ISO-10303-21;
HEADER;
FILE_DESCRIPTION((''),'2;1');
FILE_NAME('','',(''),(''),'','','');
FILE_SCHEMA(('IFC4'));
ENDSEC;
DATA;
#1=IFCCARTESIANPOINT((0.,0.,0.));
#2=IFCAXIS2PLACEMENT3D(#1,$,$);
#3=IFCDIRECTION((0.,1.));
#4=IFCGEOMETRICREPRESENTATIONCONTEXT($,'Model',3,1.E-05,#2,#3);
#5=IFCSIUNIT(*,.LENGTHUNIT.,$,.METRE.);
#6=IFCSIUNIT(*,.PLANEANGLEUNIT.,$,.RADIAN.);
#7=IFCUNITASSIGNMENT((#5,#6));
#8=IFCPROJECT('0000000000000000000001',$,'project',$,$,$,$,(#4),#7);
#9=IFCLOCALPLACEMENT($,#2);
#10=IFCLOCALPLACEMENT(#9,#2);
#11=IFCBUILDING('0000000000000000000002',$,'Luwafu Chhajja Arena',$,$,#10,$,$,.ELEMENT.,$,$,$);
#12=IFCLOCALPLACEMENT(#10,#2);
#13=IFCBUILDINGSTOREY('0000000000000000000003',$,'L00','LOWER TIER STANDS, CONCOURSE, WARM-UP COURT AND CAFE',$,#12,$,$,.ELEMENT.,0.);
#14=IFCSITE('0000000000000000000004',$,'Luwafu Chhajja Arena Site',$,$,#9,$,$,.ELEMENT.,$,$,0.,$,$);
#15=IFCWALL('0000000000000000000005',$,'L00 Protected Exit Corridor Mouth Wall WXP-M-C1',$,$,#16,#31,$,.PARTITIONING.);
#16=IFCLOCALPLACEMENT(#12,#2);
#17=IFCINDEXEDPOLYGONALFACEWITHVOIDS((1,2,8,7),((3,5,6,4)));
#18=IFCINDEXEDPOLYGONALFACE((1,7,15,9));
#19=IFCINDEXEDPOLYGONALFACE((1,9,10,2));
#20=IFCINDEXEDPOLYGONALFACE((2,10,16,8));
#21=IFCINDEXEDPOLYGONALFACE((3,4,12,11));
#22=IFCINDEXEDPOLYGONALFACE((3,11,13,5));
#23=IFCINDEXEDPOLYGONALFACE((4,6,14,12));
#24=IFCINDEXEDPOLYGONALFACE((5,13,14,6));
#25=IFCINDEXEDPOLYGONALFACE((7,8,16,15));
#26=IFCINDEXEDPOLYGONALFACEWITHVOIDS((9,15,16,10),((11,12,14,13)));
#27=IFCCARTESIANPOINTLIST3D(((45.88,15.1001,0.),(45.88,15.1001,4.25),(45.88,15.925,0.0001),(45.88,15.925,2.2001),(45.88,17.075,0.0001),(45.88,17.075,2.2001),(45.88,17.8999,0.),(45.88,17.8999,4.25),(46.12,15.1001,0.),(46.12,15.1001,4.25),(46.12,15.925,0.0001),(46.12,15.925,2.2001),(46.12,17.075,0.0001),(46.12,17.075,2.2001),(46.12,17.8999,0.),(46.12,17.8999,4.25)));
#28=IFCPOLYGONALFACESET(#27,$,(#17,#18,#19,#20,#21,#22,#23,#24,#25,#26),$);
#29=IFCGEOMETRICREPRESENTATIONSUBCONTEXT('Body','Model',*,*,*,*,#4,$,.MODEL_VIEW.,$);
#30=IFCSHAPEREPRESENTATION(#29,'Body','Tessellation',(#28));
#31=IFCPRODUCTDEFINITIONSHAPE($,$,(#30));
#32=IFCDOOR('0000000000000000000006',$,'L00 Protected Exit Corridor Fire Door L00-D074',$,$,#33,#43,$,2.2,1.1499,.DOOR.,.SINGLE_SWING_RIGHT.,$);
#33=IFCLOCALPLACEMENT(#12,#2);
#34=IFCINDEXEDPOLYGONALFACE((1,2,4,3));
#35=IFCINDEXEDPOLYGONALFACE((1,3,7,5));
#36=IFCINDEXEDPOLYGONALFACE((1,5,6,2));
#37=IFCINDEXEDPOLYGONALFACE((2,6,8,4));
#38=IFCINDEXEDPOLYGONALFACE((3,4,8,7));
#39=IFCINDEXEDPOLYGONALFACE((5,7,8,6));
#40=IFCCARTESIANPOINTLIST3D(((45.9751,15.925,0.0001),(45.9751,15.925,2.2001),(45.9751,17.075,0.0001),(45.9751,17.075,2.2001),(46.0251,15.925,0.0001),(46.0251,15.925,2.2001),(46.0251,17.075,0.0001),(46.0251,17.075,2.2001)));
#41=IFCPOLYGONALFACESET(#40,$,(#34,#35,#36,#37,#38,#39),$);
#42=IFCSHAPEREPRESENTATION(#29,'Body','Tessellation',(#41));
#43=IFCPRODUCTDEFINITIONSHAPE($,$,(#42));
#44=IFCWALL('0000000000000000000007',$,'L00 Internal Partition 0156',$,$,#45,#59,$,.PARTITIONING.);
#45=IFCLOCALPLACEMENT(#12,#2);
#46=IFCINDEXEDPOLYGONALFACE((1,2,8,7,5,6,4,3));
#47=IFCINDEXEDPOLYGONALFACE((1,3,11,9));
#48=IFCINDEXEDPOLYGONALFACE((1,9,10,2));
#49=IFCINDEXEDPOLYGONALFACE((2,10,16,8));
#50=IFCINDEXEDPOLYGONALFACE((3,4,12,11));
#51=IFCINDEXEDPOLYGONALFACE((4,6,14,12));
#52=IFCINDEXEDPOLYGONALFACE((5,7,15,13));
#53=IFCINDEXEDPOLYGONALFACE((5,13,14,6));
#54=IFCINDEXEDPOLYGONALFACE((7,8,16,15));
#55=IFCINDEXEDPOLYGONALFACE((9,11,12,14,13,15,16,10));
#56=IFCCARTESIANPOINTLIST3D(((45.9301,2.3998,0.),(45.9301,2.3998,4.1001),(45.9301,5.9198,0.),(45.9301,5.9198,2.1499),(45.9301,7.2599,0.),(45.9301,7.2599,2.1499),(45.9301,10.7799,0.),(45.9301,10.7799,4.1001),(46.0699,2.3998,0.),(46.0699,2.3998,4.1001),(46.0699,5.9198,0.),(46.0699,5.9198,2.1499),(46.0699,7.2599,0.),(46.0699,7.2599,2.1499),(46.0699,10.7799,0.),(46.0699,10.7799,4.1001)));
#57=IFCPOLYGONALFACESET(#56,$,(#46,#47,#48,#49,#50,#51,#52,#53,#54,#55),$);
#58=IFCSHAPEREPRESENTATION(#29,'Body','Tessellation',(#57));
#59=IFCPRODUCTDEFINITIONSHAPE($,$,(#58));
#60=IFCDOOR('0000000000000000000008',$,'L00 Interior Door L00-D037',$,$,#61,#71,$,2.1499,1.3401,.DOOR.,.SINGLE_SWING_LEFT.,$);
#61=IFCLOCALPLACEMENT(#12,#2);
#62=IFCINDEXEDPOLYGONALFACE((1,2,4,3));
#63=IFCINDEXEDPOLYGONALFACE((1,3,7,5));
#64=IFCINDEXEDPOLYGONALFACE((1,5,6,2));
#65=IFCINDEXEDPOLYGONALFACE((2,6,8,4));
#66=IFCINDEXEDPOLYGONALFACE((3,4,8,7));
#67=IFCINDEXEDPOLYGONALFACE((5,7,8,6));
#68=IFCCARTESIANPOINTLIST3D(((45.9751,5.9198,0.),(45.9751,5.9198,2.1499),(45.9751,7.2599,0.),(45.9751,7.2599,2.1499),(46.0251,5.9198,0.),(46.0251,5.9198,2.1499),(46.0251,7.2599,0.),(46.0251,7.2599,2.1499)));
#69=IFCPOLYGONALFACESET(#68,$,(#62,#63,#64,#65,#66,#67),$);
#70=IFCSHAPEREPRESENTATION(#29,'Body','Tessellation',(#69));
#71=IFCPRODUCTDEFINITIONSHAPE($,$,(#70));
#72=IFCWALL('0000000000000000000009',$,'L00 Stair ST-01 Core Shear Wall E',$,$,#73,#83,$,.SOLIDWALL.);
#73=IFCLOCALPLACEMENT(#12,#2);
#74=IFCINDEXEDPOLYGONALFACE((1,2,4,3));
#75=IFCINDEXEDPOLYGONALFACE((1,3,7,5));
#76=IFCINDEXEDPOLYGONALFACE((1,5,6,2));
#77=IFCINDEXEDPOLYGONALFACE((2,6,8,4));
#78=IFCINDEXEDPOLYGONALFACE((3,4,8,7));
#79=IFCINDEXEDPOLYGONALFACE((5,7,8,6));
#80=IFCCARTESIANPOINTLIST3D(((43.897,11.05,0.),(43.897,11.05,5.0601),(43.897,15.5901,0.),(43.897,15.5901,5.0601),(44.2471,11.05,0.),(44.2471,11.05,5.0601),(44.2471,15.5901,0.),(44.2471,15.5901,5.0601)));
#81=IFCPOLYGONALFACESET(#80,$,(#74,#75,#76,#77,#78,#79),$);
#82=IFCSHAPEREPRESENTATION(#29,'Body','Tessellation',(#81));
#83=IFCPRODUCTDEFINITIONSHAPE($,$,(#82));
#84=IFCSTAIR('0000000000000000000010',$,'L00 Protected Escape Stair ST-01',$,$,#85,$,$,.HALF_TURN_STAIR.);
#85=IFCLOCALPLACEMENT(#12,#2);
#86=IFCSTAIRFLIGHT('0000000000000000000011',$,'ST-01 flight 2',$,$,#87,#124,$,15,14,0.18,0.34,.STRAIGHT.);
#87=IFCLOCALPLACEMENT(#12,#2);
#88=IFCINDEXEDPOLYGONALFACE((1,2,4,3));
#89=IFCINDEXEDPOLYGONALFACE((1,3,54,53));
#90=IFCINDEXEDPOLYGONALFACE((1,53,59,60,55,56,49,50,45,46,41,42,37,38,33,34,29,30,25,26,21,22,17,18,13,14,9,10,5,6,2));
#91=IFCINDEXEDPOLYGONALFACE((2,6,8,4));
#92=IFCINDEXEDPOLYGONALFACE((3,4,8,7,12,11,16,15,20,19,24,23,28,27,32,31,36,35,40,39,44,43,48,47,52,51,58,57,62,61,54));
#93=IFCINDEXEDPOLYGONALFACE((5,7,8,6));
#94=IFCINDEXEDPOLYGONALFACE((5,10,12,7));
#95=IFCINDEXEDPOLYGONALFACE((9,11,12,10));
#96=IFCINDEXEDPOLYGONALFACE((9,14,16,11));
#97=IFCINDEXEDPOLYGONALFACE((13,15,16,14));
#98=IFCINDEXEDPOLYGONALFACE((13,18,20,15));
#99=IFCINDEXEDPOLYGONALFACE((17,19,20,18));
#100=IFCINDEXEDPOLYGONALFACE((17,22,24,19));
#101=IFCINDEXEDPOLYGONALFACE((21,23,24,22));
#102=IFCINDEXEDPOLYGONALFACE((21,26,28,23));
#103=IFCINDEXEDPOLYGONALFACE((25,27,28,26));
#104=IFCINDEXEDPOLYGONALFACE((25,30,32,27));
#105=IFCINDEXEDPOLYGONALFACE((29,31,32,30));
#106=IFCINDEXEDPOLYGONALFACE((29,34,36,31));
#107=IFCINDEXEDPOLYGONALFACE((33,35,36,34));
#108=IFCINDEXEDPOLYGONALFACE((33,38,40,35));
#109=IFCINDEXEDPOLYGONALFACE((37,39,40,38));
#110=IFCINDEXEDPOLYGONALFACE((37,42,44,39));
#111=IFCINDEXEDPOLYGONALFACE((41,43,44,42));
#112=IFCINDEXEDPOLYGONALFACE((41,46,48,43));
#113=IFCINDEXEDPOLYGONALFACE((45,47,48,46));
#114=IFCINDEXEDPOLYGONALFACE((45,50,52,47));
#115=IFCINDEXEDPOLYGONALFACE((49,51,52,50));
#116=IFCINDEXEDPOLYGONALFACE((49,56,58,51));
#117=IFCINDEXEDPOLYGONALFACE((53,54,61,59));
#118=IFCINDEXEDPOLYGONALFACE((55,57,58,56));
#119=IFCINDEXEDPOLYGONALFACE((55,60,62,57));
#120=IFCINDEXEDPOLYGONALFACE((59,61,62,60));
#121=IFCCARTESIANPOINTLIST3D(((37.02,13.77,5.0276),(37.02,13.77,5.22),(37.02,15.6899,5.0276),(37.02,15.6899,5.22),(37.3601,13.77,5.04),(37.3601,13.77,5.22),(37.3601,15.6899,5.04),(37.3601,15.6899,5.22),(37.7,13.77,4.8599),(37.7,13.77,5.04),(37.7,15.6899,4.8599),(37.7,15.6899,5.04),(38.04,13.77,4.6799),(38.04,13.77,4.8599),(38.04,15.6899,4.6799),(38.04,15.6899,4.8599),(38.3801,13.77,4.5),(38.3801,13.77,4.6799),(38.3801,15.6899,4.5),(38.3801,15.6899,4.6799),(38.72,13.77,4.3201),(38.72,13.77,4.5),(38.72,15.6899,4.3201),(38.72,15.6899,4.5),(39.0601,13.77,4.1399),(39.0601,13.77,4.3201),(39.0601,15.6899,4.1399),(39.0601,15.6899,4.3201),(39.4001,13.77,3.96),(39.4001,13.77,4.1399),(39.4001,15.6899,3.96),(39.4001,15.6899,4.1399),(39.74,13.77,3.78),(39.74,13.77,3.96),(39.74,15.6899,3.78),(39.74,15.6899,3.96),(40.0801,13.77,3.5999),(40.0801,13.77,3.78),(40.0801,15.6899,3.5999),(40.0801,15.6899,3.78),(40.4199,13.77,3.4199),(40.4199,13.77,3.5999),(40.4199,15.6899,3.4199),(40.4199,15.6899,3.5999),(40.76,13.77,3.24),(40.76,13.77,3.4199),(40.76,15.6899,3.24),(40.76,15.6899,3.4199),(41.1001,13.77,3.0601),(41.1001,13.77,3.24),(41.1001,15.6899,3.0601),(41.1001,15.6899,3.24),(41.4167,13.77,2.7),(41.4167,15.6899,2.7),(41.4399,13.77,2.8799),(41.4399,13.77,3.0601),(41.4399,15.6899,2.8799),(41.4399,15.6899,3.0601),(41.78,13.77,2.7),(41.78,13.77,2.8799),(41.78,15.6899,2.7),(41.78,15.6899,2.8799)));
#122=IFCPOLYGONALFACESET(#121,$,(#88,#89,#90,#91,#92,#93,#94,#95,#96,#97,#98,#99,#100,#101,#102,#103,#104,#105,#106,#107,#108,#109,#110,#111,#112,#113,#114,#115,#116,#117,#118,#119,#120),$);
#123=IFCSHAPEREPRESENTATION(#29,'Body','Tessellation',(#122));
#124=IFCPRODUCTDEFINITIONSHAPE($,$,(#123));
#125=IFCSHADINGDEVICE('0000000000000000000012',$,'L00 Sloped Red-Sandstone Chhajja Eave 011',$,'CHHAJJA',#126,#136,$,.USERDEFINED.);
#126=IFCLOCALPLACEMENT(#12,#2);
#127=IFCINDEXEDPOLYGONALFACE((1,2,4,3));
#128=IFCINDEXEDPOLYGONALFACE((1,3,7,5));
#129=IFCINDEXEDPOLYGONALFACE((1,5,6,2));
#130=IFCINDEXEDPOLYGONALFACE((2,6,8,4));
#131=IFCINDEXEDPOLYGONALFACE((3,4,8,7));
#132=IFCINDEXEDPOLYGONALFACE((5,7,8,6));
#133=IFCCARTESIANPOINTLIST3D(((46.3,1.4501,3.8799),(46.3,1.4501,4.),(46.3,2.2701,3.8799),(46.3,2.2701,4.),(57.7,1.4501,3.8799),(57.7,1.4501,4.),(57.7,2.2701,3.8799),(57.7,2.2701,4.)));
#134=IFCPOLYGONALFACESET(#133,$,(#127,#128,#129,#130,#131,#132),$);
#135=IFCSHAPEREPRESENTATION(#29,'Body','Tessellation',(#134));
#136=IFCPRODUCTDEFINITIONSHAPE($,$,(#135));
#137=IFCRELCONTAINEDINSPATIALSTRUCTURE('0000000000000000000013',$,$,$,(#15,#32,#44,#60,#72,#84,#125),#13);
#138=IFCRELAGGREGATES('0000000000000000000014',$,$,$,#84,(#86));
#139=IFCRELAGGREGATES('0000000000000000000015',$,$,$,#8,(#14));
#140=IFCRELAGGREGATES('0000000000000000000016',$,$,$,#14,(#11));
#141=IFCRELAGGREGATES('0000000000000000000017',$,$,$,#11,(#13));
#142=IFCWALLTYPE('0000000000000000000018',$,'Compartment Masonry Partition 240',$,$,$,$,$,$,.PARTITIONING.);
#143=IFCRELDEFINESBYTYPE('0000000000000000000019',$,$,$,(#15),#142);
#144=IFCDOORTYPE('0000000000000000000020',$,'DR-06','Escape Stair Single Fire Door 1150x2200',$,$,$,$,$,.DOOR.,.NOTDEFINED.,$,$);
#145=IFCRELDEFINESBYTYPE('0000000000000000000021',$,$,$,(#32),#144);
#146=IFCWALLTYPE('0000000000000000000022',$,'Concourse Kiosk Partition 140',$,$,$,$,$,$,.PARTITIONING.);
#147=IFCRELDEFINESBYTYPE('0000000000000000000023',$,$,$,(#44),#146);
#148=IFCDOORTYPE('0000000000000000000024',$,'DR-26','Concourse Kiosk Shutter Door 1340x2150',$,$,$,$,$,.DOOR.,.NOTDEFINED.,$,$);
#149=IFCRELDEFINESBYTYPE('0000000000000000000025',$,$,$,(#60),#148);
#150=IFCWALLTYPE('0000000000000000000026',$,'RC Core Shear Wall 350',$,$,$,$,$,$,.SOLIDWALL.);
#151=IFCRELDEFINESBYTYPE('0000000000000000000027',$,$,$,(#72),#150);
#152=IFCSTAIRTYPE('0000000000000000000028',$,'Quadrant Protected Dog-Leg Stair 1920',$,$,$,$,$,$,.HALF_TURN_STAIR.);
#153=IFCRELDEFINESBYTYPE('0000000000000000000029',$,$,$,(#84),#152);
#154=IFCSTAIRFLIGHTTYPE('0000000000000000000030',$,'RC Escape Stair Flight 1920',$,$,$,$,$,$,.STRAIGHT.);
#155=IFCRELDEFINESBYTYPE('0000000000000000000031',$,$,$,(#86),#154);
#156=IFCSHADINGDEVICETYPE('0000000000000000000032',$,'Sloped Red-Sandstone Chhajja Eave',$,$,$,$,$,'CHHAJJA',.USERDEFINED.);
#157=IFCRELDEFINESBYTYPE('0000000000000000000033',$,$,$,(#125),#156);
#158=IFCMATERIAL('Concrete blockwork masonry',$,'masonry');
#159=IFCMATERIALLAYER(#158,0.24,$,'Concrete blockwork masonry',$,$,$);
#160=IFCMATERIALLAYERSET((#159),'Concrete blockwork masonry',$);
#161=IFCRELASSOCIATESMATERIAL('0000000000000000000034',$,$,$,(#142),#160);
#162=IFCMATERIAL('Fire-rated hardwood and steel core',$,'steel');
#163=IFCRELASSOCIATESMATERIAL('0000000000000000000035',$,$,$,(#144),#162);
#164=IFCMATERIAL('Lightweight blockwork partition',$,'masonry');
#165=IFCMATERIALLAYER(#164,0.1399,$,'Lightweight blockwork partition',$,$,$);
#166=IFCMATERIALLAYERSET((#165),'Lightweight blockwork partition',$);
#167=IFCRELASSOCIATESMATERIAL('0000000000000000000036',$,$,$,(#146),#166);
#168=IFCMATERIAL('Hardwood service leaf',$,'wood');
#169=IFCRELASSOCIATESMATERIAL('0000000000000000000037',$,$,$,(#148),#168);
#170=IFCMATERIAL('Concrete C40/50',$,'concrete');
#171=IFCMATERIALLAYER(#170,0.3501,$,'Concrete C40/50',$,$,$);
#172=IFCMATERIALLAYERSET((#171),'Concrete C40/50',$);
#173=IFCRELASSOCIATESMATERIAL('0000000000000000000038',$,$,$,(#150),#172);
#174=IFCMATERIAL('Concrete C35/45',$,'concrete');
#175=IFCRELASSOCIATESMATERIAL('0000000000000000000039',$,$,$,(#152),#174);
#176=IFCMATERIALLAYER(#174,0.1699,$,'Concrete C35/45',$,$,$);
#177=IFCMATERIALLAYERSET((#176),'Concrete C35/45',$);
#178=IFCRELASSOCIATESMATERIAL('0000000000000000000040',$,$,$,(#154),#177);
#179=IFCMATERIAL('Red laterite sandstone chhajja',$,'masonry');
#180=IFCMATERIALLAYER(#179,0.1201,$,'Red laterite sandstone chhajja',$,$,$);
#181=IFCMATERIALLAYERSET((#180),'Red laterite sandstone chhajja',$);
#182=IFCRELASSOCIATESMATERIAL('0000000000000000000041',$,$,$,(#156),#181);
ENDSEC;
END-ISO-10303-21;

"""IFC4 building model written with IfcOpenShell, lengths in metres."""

from ifc_helpers import new_model, si_unit, direction, frame, frame_2d, origin, origin_2d, place, context, subcontext, project, spatial, polyline, rectangle, outline, extrude, material, layer, layer_set, type_object, element, fill, aggregate, save


model = new_model("IFC4")

# Units and contexts
model_context = context("Model", 3, precision=1e-05, world=origin(), true_north=direction((0.0, 1.0)))
body_context = subcontext(model_context, "Body", "Model", "MODEL_VIEW")
ifc_project = project(units=[si_unit("LENGTHUNIT", "METRE"), si_unit("PLANEANGLEUNIT", "RADIAN")], contexts=[model_context])

# Site, building, storey
site_placement = place(None, origin())
site = spatial("IfcSite", under=ifc_project, at=site_placement, Name="Luwafu Chhajja Arena Site", CompositionType="ELEMENT", RefElevation=0.0)
building_placement = place(site_placement, origin())
building = spatial("IfcBuilding", under=site, at=building_placement, Name="Luwafu Chhajja Arena", CompositionType="ELEMENT")
storey_placement = place(building_placement, origin())
storey = spatial("IfcBuildingStorey", under=building, at=storey_placement, Name="L00", Description="LOWER TIER STANDS, CONCOURSE, WARM-UP COURT AND CAFE", CompositionType="ELEMENT", Elevation=0.0)

# Shared definitions
ifc_material_1 = material(Name="Concrete C35/45", Category="concrete")

# Walls, openings, doors
ifc_material_2 = material(Name="Concrete blockwork masonry", Category="masonry")
ifc_layer_1 = layer(ifc_material_2, 0.24, Name="Concrete blockwork masonry")
ifc_layer_set_1 = layer_set([ifc_layer_1], Name="Concrete blockwork masonry")
wall_type_1 = type_object("IfcWallType", Name="Compartment Masonry Partition 240", PredefinedType="PARTITIONING", material=ifc_layer_set_1)
wall_1_placement = place(storey_placement, frame((46.0, 15.1001, 0.0), z_axis=(0.0, 0.0, 1.0), x_axis=(0.0, 1.0, 0.0)))
wall_1 = element("IfcWall", 1, at=wall_1_placement, inside=storey, type_object=wall_type_1, Name="L00 Protected Exit Corridor Mouth Wall WXP-M-C1", PredefinedType="PARTITIONING", context=body_context, shape_type="SweptSolid", body=[
    extrude(rectangle(XDim=2.7998, YDim=0.24, at=frame_2d((1.3999, 0.0))), origin(), (0.0, 0.0, 1.0), 4.25),
])
opening_1_placement = place(wall_1_placement, frame((0.825, 0.0, 0.0)))
opening_1 = element("IfcOpeningElement", 2, at=opening_1_placement, cuts=wall_1, PredefinedType="OPENING", context=body_context, shape_type="SweptSolid", body=[
    extrude(rectangle(XDim=1.1499, YDim=2.2, at=frame_2d((0.575, 1.1001))), frame((0.0, 0.1299, 0.0), z_axis=(0.0, -1.0, 0.0), x_axis=(1.0, 0.0, 0.0)), (0.0, 0.0, 1.0), 0.26),
])
ifc_material_3 = material(Name="Fire-rated hardwood and steel core", Category="steel")
door_type_1 = type_object("IfcDoorType", Name="DR-06", Description="Escape Stair Single Fire Door 1150x2200", OperationType="NOTDEFINED", PredefinedType="DOOR", material=ifc_material_3)
door_1_placement = place(opening_1_placement, origin())
door_1 = element("IfcDoor", 3, at=door_1_placement, inside=storey, type_object=door_type_1, Name="L00 Protected Exit Corridor Fire Door L00-D074", OperationType="SINGLE_SWING_RIGHT", OverallHeight=2.2, OverallWidth=1.1499, PredefinedType="DOOR", context=body_context, shape_type="SweptSolid", body=[
    extrude(rectangle(XDim=1.1499, YDim=2.2, at=frame_2d((0.575, 1.1001))), frame((0.0, 0.0249, 0.0), z_axis=(0.0, -1.0, 0.0), x_axis=(1.0, 0.0, 0.0)), (0.0, 0.0, 1.0), 0.05),
])
fill(opening_1, door_1)
ifc_material_4 = material(Name="Lightweight blockwork partition", Category="masonry")
ifc_layer_2 = layer(ifc_material_4, 0.1399, Name="Lightweight blockwork partition")
ifc_layer_set_2 = layer_set([ifc_layer_2], Name="Lightweight blockwork partition")
wall_type_2 = type_object("IfcWallType", Name="Concourse Kiosk Partition 140", PredefinedType="PARTITIONING", material=ifc_layer_set_2)
wall_2_placement = place(storey_placement, frame((46.0, 2.3999, 0.0), z_axis=(0.0, 0.0, 1.0), x_axis=(0.0, 1.0, 0.0)))
wall_2 = element("IfcWall", 4, at=wall_2_placement, inside=storey, type_object=wall_type_2, Name="L00 Internal Partition 0156", PredefinedType="PARTITIONING", context=body_context, shape_type="SweptSolid", body=[
    extrude(rectangle(XDim=8.3801, YDim=0.1399, at=frame_2d((4.1899, 0.0))), origin(), (0.0, 0.0, 1.0), 4.1001),
])
opening_2_placement = place(wall_2_placement, frame((3.52, 0.0, 0.0)))
opening_2 = element("IfcOpeningElement", 5, at=opening_2_placement, cuts=wall_2, PredefinedType="OPENING", context=body_context, shape_type="SweptSolid", body=[
    extrude(rectangle(XDim=1.3401, YDim=2.1499, at=frame_2d((0.6699, 1.075))), frame((0.0, 0.0798, 0.0), z_axis=(0.0, -1.0, 0.0), x_axis=(1.0, 0.0, 0.0)), (0.0, 0.0, 1.0), 0.1599),
])
ifc_material_5 = material(Name="Hardwood service leaf", Category="wood")
door_type_2 = type_object("IfcDoorType", Name="DR-26", Description="Concourse Kiosk Shutter Door 1340x2150", OperationType="NOTDEFINED", PredefinedType="DOOR", material=ifc_material_5)
door_2_placement = place(opening_2_placement, origin())
door_2 = element("IfcDoor", 6, at=door_2_placement, inside=storey, type_object=door_type_2, Name="L00 Interior Door L00-D037", OperationType="SINGLE_SWING_LEFT", OverallHeight=2.1499, OverallWidth=1.3401, PredefinedType="DOOR", context=body_context, shape_type="SweptSolid", body=[
    extrude(rectangle(XDim=1.3401, YDim=2.1499, at=frame_2d((0.6699, 1.075))), frame((0.0, 0.0249, 0.0), z_axis=(0.0, -1.0, 0.0), x_axis=(1.0, 0.0, 0.0)), (0.0, 0.0, 1.0), 0.05),
])
fill(opening_2, door_2)

# Wall
ifc_material_6 = material(Name="Concrete C40/50", Category="concrete")
ifc_layer_3 = layer(ifc_material_6, 0.3501, Name="Concrete C40/50")
ifc_layer_set_3 = layer_set([ifc_layer_3], Name="Concrete C40/50")
wall_type_3 = type_object("IfcWallType", Name="RC Core Shear Wall 350", PredefinedType="SOLIDWALL", material=ifc_layer_set_3)
wall_3_placement = place(storey_placement, frame((44.072, 11.05, 0.0), z_axis=(0.0, 0.0, 1.0), x_axis=(0.0, 1.0, 0.0)))
element("IfcWall", 7, at=wall_3_placement, inside=storey, type_object=wall_type_3, Name="L00 Stair ST-01 Core Shear Wall E", PredefinedType="SOLIDWALL", context=body_context, shape_type="SweptSolid", body=[
    extrude(rectangle(XDim=4.54, YDim=0.3501, at=frame_2d((2.27, 0.0))), origin(), (0.0, 0.0, 1.0), 5.0601),
])

# Stair, stair flight
stair_type = type_object("IfcStairType", Name="Quadrant Protected Dog-Leg Stair 1920", PredefinedType="HALF_TURN_STAIR", material=ifc_material_1)
stair_placement = place(storey_placement, origin())
stair = element("IfcStair", 8, at=stair_placement, inside=storey, type_object=stair_type, Name="L00 Protected Escape Stair ST-01", PredefinedType="HALF_TURN_STAIR")
ifc_layer_4 = layer(ifc_material_1, 0.1699, Name="Concrete C35/45")
ifc_layer_set_4 = layer_set([ifc_layer_4], Name="Concrete C35/45")
stair_flight_type = type_object("IfcStairFlightType", Name="RC Escape Stair Flight 1920", PredefinedType="STRAIGHT", material=ifc_layer_set_4)
stair_flight_placement = place(storey_placement, frame((41.78, 14.73, 2.7), z_axis=(0.0, 0.0, 1.0), x_axis=(-1.0, 0.0, 0.0)))
stair_flight = element("IfcStairFlight", 9, at=stair_flight_placement, type_object=stair_flight_type, Name="ST-01 flight 2", NumberOfRisers=15, NumberOfTreads=14, PredefinedType="STRAIGHT", RiserHeight=0.18, TreadLength=0.34, context=body_context, shape_type="SweptSolid", body=[
    extrude(outline(polyline([(0.0, 0.0), (0.0, 0.1799), (0.3401, 0.1799), (0.3401, 0.3601), (0.6799, 0.3601), (0.6799, 0.54), (1.02, 0.54), (1.02, 0.72), (1.3601, 0.72), (1.3601, 0.8999), (1.7, 0.8999), (1.7, 1.0801), (2.04, 1.0801), (2.04, 1.26), (2.3799, 1.26), (2.3799, 1.4399), (2.72, 1.4399), (2.72, 1.6201), (3.0601, 1.6201), (3.0601, 1.8), (3.3999, 1.8), (3.3999, 1.98), (3.74, 1.98), (3.74, 2.1599), (4.0801, 2.1599), (4.0801, 2.3401), (4.4199, 2.3401), (4.4199, 2.52), (4.76, 2.52), (4.76, 2.7), (4.76, 2.3276), (0.3633, 0.0), (0.0, 0.0)])), frame((0.0, 0.96, 0.0), z_axis=(0.0, -1.0, 0.0), x_axis=(1.0, 0.0, 0.0)), (0.0, 0.0, 1.0), 1.9199),
])
aggregate(stair, [stair_flight])

# Shading device
ifc_material_7 = material(Name="Red laterite sandstone chhajja", Category="masonry")
ifc_layer_5 = layer(ifc_material_7, 0.1201, Name="Red laterite sandstone chhajja")
ifc_layer_set_5 = layer_set([ifc_layer_5], Name="Red laterite sandstone chhajja")
shading_device_type = type_object("IfcShadingDeviceType", Name="Sloped Red-Sandstone Chhajja Eave", ElementType="CHHAJJA", PredefinedType="USERDEFINED", material=ifc_layer_set_5)
shading_device_placement = place(storey_placement, frame((52.0, 1.8601, 3.8799), z_axis=(0.0, 0.0, 1.0), x_axis=(1.0, 0.0, 0.0)))
element("IfcShadingDevice", 10, at=shading_device_placement, inside=storey, type_object=shading_device_type, Name="L00 Sloped Red-Sandstone Chhajja Eave 011", ObjectType="CHHAJJA", PredefinedType="USERDEFINED", context=body_context, shape_type="SweptSolid", body=[
    extrude(rectangle(XDim=11.3999, YDim=0.8201, at=origin_2d()), origin(), (0.0, 0.0, 1.0), 0.1201),
])

save(model, "model.ifc")
